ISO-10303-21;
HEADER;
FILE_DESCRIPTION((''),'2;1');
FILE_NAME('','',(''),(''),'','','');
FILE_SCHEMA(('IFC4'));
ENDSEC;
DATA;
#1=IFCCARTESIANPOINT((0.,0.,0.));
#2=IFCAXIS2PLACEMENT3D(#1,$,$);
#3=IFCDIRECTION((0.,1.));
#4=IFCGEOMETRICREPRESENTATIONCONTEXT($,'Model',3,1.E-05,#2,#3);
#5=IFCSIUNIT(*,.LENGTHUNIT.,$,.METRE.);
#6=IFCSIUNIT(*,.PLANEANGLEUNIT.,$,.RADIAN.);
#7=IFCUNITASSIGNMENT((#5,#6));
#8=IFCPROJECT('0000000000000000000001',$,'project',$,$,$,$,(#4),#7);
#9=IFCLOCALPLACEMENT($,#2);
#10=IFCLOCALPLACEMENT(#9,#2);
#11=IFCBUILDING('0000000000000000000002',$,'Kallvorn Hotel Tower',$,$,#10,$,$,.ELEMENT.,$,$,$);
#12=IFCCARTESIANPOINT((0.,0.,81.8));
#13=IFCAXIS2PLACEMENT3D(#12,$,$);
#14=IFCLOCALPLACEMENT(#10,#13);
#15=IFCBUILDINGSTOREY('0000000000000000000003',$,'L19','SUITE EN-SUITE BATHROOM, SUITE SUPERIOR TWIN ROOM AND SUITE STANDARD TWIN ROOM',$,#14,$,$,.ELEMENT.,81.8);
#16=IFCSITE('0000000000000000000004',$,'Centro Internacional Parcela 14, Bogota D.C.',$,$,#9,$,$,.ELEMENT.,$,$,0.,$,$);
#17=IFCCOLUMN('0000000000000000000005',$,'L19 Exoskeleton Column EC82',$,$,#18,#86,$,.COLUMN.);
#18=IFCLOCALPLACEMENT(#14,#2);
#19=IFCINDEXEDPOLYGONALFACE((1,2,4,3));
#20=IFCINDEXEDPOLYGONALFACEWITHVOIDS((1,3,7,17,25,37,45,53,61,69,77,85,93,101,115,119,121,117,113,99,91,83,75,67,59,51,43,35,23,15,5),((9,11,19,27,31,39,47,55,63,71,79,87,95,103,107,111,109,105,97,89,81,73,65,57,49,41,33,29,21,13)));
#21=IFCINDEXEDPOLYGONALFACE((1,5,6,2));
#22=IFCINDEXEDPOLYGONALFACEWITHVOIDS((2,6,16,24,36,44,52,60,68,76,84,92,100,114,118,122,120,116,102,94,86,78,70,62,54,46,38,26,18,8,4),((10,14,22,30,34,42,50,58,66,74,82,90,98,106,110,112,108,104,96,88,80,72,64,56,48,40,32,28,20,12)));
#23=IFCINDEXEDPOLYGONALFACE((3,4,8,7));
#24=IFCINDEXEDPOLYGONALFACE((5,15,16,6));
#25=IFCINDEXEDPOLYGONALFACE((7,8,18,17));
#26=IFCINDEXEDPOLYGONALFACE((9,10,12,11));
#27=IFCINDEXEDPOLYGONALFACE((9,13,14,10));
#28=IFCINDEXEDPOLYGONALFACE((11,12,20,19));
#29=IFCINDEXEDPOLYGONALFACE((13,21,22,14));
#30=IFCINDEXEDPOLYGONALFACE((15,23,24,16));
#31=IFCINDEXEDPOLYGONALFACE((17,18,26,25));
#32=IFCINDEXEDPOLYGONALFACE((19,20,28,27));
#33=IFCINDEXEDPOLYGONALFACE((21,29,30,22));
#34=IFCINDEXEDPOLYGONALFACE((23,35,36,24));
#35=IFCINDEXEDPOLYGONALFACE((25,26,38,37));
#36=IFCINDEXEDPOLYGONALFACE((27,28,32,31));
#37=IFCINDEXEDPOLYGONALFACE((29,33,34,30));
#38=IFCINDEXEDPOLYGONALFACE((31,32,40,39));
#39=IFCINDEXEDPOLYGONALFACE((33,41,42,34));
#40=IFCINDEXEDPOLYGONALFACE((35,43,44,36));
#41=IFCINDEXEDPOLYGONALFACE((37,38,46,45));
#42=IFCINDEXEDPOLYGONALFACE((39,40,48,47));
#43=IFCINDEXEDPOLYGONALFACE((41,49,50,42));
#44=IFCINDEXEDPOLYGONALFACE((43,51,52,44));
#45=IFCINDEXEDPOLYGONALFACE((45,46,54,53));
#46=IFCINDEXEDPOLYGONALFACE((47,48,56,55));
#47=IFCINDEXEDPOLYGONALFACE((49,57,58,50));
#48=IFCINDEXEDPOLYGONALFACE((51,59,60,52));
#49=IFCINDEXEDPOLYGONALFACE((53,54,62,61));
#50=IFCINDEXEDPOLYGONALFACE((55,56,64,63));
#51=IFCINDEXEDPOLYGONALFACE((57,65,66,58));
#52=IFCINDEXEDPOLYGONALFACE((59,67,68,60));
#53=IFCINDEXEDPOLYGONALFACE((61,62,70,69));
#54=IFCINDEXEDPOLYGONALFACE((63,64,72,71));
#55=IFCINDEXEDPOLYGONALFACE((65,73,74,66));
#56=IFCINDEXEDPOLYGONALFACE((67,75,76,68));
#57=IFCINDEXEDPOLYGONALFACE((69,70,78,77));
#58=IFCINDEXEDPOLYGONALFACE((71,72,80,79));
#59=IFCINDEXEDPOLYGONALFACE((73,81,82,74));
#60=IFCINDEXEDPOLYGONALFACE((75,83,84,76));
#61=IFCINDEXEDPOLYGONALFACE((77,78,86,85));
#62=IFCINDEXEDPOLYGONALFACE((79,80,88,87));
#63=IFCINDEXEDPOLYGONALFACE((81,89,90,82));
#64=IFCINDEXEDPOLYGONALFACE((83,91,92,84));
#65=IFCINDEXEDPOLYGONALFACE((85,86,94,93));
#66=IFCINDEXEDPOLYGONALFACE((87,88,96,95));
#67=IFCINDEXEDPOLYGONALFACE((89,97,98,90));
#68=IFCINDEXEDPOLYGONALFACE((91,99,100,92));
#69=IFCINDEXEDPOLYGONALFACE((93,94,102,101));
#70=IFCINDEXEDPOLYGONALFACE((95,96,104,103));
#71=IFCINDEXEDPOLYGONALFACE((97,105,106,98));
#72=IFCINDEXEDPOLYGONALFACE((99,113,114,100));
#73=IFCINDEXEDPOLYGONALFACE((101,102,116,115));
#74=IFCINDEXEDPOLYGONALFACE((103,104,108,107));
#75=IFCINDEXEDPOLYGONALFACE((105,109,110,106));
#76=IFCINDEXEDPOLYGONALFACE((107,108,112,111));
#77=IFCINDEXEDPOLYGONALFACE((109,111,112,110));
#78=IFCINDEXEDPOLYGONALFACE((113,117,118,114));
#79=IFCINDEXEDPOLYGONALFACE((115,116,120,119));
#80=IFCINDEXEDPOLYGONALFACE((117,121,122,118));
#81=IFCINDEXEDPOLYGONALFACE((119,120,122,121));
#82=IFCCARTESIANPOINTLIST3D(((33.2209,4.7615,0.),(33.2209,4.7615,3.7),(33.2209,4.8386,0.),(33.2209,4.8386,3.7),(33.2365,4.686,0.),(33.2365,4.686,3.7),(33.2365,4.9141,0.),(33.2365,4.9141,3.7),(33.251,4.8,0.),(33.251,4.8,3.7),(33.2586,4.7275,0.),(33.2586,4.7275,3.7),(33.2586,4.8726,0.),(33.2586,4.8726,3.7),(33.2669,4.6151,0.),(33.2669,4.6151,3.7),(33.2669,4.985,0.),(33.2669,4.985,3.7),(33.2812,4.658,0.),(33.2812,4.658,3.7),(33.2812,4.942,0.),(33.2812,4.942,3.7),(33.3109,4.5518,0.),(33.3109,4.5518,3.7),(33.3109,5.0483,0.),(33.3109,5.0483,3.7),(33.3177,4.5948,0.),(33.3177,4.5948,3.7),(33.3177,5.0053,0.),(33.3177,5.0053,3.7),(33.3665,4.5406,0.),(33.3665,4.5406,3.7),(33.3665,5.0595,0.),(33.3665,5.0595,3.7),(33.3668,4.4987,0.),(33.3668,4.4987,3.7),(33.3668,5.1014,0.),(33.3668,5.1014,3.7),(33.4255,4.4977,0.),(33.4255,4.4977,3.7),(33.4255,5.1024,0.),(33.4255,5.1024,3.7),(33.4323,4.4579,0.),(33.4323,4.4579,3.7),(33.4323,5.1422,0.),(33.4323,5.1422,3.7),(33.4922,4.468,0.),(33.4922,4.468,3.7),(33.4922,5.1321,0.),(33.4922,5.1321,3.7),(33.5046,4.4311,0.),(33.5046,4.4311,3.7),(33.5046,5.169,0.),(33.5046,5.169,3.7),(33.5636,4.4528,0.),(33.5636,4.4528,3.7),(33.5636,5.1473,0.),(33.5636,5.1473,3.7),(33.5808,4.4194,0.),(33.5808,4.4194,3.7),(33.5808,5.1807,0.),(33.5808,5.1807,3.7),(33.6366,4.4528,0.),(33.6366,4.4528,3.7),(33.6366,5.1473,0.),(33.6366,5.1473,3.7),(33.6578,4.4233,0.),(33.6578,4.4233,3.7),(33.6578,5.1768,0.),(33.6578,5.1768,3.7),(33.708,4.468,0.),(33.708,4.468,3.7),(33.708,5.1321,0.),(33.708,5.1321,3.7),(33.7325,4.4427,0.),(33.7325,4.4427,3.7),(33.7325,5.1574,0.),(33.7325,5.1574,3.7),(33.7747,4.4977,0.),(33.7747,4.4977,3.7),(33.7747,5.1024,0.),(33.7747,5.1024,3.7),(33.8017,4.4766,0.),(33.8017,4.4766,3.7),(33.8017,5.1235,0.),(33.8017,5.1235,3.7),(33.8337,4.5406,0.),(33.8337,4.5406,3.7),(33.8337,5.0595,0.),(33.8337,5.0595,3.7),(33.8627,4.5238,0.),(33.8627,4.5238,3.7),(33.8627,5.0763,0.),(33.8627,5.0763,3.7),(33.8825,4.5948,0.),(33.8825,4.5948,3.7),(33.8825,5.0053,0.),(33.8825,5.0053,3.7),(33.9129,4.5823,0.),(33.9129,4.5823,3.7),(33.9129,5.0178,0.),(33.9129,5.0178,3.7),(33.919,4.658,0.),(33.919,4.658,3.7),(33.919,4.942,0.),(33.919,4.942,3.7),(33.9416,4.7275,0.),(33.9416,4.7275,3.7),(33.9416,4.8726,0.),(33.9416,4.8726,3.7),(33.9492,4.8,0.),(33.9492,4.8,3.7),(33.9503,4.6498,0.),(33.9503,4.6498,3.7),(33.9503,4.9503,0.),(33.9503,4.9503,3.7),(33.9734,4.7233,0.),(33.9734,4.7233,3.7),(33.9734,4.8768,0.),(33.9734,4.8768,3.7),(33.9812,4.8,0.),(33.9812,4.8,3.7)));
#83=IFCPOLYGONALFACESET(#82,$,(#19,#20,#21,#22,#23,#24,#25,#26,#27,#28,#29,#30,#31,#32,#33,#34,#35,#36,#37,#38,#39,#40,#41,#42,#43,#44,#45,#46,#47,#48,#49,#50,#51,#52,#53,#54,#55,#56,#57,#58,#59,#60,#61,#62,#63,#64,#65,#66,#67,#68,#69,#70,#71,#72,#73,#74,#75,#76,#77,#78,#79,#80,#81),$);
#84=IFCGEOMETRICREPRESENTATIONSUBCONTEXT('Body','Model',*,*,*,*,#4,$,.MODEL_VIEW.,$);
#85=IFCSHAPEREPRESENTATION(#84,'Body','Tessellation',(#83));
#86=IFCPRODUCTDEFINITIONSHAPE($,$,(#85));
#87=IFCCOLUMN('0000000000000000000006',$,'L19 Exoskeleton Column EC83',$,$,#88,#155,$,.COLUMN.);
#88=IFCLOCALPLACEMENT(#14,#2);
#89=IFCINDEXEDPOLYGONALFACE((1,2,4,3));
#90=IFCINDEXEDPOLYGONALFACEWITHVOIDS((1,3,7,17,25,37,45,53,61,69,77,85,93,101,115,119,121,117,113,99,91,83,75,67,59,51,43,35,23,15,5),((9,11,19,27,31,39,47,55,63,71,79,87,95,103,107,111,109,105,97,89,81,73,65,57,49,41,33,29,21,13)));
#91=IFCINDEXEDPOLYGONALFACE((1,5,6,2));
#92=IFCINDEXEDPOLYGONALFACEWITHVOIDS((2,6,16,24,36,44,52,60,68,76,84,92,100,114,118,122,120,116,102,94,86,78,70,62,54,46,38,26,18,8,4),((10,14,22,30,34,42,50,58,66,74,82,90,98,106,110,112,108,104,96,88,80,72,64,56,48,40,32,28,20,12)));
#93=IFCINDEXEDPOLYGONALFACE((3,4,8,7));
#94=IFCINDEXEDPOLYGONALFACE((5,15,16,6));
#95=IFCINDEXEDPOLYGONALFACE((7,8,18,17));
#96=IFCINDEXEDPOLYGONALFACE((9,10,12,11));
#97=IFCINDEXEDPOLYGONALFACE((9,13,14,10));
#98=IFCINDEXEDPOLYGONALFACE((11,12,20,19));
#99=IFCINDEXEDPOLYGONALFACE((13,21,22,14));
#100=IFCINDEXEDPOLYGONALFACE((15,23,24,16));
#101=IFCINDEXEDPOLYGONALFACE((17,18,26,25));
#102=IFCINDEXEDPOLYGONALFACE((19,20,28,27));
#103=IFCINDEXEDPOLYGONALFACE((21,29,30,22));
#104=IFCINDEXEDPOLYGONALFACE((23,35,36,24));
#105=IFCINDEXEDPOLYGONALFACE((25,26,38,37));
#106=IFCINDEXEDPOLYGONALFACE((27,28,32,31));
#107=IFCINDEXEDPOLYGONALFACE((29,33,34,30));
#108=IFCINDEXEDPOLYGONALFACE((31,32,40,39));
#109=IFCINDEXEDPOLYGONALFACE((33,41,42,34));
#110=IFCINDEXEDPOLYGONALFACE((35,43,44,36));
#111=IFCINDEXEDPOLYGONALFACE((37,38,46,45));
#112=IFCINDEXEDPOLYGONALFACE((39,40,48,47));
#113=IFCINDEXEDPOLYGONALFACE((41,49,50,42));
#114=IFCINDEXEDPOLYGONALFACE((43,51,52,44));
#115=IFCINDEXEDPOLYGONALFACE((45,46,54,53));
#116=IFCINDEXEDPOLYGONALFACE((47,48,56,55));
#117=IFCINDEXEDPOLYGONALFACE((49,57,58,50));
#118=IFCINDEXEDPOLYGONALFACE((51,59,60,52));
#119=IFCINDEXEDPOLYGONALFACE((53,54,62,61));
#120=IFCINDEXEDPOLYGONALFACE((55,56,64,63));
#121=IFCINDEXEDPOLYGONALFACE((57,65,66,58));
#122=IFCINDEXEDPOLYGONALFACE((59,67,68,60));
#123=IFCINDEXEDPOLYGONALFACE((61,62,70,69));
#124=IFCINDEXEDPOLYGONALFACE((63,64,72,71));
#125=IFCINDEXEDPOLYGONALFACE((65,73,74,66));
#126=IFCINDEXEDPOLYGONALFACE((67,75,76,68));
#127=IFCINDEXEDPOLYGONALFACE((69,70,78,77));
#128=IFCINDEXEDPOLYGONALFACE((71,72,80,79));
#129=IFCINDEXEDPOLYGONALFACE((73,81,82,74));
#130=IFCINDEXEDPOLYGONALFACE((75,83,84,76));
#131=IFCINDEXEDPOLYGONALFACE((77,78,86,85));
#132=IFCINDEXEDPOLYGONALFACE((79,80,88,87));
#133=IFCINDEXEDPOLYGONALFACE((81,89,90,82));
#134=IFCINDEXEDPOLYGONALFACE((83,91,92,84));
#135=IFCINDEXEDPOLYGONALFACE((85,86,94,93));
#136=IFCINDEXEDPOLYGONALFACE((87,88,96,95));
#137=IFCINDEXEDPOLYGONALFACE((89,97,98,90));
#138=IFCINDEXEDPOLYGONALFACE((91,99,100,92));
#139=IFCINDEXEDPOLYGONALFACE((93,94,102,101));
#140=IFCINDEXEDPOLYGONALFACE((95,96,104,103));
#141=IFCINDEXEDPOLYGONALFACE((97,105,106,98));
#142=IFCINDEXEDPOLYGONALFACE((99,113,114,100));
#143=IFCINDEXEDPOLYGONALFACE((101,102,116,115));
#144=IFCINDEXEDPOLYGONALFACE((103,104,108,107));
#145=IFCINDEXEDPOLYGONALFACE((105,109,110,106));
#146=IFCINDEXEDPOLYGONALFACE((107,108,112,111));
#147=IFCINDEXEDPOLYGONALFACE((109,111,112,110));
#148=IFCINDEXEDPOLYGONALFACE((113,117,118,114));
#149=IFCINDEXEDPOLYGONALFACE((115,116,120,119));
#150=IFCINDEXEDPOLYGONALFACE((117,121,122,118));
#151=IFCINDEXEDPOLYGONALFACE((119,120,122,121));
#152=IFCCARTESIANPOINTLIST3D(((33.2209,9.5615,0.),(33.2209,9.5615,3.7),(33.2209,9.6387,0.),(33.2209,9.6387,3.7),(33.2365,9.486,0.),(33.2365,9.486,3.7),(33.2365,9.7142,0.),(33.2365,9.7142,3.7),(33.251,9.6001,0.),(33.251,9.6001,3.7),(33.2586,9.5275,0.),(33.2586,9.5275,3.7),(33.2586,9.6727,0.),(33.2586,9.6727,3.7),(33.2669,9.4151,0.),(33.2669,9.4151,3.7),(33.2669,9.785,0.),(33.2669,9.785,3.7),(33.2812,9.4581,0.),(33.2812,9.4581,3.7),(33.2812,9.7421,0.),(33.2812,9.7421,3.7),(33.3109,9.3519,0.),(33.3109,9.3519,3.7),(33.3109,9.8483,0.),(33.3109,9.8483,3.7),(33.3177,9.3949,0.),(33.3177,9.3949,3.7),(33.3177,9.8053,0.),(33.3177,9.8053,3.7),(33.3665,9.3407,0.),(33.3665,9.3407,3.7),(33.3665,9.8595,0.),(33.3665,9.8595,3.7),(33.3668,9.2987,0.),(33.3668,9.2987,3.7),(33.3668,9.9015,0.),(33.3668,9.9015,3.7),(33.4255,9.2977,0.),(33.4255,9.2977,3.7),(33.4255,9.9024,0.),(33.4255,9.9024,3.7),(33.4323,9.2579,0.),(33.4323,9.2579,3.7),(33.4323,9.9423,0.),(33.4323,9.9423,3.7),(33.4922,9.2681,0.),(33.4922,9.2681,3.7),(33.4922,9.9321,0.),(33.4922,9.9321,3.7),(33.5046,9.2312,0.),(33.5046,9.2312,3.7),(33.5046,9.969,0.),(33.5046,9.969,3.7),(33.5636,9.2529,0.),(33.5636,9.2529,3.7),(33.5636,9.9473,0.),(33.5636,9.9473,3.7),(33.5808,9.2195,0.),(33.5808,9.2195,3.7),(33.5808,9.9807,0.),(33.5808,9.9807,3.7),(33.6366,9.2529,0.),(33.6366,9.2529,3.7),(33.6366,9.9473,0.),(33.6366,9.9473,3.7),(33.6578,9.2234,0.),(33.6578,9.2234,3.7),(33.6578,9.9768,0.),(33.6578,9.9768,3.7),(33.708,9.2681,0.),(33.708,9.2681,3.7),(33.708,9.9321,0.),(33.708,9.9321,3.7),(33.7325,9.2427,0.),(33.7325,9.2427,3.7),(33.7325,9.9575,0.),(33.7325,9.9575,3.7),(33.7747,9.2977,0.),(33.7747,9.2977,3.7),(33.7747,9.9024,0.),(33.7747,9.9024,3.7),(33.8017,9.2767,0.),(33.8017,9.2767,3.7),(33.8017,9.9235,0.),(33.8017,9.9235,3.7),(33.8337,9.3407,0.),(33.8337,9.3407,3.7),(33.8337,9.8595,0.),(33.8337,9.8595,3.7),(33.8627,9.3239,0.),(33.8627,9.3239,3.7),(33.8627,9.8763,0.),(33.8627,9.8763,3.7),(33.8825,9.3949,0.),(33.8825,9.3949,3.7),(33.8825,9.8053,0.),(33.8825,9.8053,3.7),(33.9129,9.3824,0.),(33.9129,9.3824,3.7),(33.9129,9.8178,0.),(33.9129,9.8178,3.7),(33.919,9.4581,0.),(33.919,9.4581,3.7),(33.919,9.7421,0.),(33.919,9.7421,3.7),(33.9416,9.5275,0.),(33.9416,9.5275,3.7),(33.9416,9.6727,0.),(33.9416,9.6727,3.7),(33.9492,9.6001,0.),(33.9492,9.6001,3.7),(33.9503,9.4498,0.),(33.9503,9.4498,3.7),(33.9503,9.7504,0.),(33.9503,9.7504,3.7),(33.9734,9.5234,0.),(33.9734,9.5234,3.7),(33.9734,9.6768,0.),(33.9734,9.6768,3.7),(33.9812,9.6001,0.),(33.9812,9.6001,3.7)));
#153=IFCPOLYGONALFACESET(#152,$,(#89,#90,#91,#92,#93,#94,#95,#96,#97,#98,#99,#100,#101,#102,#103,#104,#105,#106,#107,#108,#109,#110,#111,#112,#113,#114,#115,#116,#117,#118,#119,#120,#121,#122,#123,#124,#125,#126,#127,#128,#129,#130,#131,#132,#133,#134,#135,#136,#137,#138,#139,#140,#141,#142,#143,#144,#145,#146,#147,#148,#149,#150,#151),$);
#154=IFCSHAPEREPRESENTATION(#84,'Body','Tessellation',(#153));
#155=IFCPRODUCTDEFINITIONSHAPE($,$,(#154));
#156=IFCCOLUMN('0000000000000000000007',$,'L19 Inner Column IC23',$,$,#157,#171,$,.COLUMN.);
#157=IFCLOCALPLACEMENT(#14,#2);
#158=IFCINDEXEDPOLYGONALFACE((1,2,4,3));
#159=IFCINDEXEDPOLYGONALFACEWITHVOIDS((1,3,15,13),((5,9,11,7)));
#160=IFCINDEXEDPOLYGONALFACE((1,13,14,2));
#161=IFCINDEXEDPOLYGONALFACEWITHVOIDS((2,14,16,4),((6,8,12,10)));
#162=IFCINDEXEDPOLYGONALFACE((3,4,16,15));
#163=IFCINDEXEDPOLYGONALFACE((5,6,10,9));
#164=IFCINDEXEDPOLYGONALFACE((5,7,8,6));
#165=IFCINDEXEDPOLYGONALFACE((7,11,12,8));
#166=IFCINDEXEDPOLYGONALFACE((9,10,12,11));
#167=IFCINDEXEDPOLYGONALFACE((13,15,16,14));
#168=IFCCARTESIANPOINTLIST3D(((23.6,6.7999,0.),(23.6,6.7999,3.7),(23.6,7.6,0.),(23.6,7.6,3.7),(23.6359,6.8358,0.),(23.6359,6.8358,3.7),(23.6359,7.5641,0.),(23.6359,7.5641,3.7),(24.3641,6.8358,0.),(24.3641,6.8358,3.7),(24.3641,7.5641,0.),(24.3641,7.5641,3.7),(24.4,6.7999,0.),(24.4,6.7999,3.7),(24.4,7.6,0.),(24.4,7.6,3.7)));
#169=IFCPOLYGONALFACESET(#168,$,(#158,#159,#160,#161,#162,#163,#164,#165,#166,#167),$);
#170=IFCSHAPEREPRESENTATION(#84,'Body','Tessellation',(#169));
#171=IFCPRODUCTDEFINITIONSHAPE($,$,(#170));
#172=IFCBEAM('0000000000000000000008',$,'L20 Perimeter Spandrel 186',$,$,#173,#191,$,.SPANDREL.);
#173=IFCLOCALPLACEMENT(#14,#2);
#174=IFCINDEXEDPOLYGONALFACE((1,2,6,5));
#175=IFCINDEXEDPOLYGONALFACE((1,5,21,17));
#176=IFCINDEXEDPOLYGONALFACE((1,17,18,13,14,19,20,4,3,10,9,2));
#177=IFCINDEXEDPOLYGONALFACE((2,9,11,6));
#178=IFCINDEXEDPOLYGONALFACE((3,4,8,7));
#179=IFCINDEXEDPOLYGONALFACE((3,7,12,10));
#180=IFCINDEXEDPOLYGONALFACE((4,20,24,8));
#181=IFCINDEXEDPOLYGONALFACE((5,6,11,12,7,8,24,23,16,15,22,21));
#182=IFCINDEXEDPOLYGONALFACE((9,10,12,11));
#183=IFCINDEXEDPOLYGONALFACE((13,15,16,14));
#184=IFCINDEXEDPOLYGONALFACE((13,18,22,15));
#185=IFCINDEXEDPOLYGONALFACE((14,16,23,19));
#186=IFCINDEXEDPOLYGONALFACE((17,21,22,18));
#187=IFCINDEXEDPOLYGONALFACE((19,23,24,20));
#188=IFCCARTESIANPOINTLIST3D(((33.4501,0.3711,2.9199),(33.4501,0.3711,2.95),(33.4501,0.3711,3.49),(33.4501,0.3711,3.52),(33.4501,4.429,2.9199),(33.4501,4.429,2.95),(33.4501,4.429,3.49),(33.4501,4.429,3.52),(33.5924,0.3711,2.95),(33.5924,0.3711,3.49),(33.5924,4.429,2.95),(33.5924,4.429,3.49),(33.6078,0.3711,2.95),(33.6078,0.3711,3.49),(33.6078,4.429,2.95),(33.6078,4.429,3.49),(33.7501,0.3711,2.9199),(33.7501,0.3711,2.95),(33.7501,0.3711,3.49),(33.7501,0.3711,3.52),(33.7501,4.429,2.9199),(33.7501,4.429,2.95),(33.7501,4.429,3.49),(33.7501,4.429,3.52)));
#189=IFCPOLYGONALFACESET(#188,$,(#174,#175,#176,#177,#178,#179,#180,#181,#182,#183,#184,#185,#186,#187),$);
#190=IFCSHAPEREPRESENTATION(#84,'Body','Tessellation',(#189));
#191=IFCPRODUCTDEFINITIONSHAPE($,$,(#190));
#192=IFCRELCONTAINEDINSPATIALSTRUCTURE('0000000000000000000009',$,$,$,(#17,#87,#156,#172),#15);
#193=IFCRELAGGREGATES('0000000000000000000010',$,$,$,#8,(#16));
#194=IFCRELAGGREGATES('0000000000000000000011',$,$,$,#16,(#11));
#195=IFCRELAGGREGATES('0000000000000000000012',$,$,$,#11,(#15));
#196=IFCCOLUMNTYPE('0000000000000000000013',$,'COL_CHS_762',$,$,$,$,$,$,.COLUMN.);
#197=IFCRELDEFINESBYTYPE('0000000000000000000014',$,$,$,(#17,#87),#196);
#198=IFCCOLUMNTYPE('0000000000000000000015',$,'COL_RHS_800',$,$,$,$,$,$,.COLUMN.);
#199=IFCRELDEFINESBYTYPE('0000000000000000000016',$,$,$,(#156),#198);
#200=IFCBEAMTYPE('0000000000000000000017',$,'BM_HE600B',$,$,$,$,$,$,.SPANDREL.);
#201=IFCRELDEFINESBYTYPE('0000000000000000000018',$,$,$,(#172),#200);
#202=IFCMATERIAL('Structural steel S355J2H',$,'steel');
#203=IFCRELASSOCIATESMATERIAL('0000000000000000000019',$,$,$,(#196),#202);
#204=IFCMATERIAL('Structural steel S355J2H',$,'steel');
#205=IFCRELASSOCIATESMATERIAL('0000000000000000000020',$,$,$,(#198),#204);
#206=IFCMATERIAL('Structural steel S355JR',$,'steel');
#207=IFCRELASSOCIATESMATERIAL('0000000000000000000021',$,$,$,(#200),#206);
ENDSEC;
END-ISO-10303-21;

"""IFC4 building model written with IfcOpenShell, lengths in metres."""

from ifc_helpers import new_model, si_unit, direction, frame, origin, origin_2d, place, context, subcontext, project, spatial, hollow_rectangle, hollow_circle, i_section, extrude, material, material_profile, profile_set, type_object, element, save


model = new_model("IFC4")

# Units and contexts
model_context = context("Model", 3, precision=1e-05, world=origin(), true_north=direction((0.0, 1.0)))
body_context = subcontext(model_context, "Body", "Model", "MODEL_VIEW")
ifc_project = project(units=[si_unit("LENGTHUNIT", "METRE"), si_unit("PLANEANGLEUNIT", "RADIAN")], contexts=[model_context])

# Site, building, storey
site_placement = place(None, origin())
site = spatial("IfcSite", under=ifc_project, at=site_placement, Name="Centro Internacional Parcela 14, Bogota D.C.", CompositionType="ELEMENT", RefElevation=0.0)
building_placement = place(site_placement, origin())
building = spatial("IfcBuilding", under=site, at=building_placement, Name="Kallvorn Hotel Tower", CompositionType="ELEMENT")
storey_placement = place(building_placement, frame((0.0, 0.0, 81.8)))
storey = spatial("IfcBuildingStorey", under=building, at=storey_placement, Name="L19", Description="SUITE EN-SUITE BATHROOM, SUITE SUPERIOR TWIN ROOM AND SUITE STANDARD TWIN ROOM", CompositionType="ELEMENT", Elevation=81.8)

# Columns
ifc_material_1 = material(Name="Structural steel S355J2H", Category="steel")
ifc_material_profile_1 = material_profile(ifc_material_1, hollow_circle(Radius=0.3811, WallThickness=0.032, at=origin_2d()), Name="CHS 762x32")
ifc_profile_set_1 = profile_set([ifc_material_profile_1], Name="Structural steel S355J2H")
column_type_1 = type_object("IfcColumnType", Name="COL_CHS_762", PredefinedType="COLUMN", material=ifc_profile_set_1)
for number, where, z_axis, x_axis, name in (
    (1, (33.6001, 4.8, 0.0), (0.0, 0.0, 1.0), (1.0, 0.0, 0.0), "L19 Exoskeleton Column EC82"),
    (2, (33.6001, 9.6001, 0.0), (0.0, 0.0, 1.0), (1.0, 0.0, 0.0), "L19 Exoskeleton Column EC83"),
):
    element("IfcColumn", number, at=place(storey_placement, frame(where, z_axis=z_axis, x_axis=x_axis)), inside=storey, type_object=column_type_1, Name=name, PredefinedType="COLUMN", context=body_context, shape_type="SweptSolid", body=[
        extrude(hollow_circle(Radius=0.3811, WallThickness=0.032, at=origin_2d()), origin(), (0.0, 0.0, 1.0), 3.7),
    ])
ifc_material_2 = material(Name="Structural steel S355J2H", Category="steel")
ifc_material_profile_2 = material_profile(ifc_material_2, hollow_rectangle(XDim=0.8, YDim=0.8, WallThickness=0.0359, at=origin_2d()), Name="RHS 800x800x36")
ifc_profile_set_2 = profile_set([ifc_material_profile_2], Name="Structural steel S355J2H")
column_type_2 = type_object("IfcColumnType", Name="COL_RHS_800", PredefinedType="COLUMN", material=ifc_profile_set_2)
column_placement = place(storey_placement, frame((24.0, 7.2, 0.0), z_axis=(0.0, 0.0, 1.0), x_axis=(1.0, 0.0, 0.0)))
element("IfcColumn", 3, at=column_placement, inside=storey, type_object=column_type_2, Name="L19 Inner Column IC23", PredefinedType="COLUMN", context=body_context, shape_type="SweptSolid", body=[
    extrude(hollow_rectangle(XDim=0.8, YDim=0.8, WallThickness=0.0359, at=origin_2d()), origin(), (0.0, 0.0, 1.0), 3.7),
])

# Beam
ifc_material_3 = material(Name="Structural steel S355JR", Category="steel")
ifc_material_profile_3 = material_profile(ifc_material_3, i_section(OverallWidth=0.3, OverallDepth=0.6001, WebThickness=0.0154, FlangeThickness=0.03, at=origin_2d()), Name="HE 600 B")
ifc_profile_set_3 = profile_set([ifc_material_profile_3], Name="Structural steel S355JR")
beam_type_1 = type_object("IfcBeamType", Name="BM_HE600B", PredefinedType="SPANDREL", material=ifc_profile_set_3)
beam_1_placement = place(storey_placement, frame((33.6001, 0.3711, 3.22), z_axis=(0.0, 1.0, 0.0), x_axis=(-1.0, 0.0, 0.0)))
element("IfcBeam", 4, at=beam_1_placement, inside=storey, type_object=beam_type_1, Name="L20 Perimeter Spandrel 186", PredefinedType="SPANDREL", context=body_context, shape_type="SweptSolid", body=[
    extrude(i_section(OverallWidth=0.3, OverallDepth=0.6001, WebThickness=0.0154, FlangeThickness=0.03, at=origin_2d()), origin(), (0.0, 0.0, 1.0), 4.0579),
])

save(model, "model.ifc")
